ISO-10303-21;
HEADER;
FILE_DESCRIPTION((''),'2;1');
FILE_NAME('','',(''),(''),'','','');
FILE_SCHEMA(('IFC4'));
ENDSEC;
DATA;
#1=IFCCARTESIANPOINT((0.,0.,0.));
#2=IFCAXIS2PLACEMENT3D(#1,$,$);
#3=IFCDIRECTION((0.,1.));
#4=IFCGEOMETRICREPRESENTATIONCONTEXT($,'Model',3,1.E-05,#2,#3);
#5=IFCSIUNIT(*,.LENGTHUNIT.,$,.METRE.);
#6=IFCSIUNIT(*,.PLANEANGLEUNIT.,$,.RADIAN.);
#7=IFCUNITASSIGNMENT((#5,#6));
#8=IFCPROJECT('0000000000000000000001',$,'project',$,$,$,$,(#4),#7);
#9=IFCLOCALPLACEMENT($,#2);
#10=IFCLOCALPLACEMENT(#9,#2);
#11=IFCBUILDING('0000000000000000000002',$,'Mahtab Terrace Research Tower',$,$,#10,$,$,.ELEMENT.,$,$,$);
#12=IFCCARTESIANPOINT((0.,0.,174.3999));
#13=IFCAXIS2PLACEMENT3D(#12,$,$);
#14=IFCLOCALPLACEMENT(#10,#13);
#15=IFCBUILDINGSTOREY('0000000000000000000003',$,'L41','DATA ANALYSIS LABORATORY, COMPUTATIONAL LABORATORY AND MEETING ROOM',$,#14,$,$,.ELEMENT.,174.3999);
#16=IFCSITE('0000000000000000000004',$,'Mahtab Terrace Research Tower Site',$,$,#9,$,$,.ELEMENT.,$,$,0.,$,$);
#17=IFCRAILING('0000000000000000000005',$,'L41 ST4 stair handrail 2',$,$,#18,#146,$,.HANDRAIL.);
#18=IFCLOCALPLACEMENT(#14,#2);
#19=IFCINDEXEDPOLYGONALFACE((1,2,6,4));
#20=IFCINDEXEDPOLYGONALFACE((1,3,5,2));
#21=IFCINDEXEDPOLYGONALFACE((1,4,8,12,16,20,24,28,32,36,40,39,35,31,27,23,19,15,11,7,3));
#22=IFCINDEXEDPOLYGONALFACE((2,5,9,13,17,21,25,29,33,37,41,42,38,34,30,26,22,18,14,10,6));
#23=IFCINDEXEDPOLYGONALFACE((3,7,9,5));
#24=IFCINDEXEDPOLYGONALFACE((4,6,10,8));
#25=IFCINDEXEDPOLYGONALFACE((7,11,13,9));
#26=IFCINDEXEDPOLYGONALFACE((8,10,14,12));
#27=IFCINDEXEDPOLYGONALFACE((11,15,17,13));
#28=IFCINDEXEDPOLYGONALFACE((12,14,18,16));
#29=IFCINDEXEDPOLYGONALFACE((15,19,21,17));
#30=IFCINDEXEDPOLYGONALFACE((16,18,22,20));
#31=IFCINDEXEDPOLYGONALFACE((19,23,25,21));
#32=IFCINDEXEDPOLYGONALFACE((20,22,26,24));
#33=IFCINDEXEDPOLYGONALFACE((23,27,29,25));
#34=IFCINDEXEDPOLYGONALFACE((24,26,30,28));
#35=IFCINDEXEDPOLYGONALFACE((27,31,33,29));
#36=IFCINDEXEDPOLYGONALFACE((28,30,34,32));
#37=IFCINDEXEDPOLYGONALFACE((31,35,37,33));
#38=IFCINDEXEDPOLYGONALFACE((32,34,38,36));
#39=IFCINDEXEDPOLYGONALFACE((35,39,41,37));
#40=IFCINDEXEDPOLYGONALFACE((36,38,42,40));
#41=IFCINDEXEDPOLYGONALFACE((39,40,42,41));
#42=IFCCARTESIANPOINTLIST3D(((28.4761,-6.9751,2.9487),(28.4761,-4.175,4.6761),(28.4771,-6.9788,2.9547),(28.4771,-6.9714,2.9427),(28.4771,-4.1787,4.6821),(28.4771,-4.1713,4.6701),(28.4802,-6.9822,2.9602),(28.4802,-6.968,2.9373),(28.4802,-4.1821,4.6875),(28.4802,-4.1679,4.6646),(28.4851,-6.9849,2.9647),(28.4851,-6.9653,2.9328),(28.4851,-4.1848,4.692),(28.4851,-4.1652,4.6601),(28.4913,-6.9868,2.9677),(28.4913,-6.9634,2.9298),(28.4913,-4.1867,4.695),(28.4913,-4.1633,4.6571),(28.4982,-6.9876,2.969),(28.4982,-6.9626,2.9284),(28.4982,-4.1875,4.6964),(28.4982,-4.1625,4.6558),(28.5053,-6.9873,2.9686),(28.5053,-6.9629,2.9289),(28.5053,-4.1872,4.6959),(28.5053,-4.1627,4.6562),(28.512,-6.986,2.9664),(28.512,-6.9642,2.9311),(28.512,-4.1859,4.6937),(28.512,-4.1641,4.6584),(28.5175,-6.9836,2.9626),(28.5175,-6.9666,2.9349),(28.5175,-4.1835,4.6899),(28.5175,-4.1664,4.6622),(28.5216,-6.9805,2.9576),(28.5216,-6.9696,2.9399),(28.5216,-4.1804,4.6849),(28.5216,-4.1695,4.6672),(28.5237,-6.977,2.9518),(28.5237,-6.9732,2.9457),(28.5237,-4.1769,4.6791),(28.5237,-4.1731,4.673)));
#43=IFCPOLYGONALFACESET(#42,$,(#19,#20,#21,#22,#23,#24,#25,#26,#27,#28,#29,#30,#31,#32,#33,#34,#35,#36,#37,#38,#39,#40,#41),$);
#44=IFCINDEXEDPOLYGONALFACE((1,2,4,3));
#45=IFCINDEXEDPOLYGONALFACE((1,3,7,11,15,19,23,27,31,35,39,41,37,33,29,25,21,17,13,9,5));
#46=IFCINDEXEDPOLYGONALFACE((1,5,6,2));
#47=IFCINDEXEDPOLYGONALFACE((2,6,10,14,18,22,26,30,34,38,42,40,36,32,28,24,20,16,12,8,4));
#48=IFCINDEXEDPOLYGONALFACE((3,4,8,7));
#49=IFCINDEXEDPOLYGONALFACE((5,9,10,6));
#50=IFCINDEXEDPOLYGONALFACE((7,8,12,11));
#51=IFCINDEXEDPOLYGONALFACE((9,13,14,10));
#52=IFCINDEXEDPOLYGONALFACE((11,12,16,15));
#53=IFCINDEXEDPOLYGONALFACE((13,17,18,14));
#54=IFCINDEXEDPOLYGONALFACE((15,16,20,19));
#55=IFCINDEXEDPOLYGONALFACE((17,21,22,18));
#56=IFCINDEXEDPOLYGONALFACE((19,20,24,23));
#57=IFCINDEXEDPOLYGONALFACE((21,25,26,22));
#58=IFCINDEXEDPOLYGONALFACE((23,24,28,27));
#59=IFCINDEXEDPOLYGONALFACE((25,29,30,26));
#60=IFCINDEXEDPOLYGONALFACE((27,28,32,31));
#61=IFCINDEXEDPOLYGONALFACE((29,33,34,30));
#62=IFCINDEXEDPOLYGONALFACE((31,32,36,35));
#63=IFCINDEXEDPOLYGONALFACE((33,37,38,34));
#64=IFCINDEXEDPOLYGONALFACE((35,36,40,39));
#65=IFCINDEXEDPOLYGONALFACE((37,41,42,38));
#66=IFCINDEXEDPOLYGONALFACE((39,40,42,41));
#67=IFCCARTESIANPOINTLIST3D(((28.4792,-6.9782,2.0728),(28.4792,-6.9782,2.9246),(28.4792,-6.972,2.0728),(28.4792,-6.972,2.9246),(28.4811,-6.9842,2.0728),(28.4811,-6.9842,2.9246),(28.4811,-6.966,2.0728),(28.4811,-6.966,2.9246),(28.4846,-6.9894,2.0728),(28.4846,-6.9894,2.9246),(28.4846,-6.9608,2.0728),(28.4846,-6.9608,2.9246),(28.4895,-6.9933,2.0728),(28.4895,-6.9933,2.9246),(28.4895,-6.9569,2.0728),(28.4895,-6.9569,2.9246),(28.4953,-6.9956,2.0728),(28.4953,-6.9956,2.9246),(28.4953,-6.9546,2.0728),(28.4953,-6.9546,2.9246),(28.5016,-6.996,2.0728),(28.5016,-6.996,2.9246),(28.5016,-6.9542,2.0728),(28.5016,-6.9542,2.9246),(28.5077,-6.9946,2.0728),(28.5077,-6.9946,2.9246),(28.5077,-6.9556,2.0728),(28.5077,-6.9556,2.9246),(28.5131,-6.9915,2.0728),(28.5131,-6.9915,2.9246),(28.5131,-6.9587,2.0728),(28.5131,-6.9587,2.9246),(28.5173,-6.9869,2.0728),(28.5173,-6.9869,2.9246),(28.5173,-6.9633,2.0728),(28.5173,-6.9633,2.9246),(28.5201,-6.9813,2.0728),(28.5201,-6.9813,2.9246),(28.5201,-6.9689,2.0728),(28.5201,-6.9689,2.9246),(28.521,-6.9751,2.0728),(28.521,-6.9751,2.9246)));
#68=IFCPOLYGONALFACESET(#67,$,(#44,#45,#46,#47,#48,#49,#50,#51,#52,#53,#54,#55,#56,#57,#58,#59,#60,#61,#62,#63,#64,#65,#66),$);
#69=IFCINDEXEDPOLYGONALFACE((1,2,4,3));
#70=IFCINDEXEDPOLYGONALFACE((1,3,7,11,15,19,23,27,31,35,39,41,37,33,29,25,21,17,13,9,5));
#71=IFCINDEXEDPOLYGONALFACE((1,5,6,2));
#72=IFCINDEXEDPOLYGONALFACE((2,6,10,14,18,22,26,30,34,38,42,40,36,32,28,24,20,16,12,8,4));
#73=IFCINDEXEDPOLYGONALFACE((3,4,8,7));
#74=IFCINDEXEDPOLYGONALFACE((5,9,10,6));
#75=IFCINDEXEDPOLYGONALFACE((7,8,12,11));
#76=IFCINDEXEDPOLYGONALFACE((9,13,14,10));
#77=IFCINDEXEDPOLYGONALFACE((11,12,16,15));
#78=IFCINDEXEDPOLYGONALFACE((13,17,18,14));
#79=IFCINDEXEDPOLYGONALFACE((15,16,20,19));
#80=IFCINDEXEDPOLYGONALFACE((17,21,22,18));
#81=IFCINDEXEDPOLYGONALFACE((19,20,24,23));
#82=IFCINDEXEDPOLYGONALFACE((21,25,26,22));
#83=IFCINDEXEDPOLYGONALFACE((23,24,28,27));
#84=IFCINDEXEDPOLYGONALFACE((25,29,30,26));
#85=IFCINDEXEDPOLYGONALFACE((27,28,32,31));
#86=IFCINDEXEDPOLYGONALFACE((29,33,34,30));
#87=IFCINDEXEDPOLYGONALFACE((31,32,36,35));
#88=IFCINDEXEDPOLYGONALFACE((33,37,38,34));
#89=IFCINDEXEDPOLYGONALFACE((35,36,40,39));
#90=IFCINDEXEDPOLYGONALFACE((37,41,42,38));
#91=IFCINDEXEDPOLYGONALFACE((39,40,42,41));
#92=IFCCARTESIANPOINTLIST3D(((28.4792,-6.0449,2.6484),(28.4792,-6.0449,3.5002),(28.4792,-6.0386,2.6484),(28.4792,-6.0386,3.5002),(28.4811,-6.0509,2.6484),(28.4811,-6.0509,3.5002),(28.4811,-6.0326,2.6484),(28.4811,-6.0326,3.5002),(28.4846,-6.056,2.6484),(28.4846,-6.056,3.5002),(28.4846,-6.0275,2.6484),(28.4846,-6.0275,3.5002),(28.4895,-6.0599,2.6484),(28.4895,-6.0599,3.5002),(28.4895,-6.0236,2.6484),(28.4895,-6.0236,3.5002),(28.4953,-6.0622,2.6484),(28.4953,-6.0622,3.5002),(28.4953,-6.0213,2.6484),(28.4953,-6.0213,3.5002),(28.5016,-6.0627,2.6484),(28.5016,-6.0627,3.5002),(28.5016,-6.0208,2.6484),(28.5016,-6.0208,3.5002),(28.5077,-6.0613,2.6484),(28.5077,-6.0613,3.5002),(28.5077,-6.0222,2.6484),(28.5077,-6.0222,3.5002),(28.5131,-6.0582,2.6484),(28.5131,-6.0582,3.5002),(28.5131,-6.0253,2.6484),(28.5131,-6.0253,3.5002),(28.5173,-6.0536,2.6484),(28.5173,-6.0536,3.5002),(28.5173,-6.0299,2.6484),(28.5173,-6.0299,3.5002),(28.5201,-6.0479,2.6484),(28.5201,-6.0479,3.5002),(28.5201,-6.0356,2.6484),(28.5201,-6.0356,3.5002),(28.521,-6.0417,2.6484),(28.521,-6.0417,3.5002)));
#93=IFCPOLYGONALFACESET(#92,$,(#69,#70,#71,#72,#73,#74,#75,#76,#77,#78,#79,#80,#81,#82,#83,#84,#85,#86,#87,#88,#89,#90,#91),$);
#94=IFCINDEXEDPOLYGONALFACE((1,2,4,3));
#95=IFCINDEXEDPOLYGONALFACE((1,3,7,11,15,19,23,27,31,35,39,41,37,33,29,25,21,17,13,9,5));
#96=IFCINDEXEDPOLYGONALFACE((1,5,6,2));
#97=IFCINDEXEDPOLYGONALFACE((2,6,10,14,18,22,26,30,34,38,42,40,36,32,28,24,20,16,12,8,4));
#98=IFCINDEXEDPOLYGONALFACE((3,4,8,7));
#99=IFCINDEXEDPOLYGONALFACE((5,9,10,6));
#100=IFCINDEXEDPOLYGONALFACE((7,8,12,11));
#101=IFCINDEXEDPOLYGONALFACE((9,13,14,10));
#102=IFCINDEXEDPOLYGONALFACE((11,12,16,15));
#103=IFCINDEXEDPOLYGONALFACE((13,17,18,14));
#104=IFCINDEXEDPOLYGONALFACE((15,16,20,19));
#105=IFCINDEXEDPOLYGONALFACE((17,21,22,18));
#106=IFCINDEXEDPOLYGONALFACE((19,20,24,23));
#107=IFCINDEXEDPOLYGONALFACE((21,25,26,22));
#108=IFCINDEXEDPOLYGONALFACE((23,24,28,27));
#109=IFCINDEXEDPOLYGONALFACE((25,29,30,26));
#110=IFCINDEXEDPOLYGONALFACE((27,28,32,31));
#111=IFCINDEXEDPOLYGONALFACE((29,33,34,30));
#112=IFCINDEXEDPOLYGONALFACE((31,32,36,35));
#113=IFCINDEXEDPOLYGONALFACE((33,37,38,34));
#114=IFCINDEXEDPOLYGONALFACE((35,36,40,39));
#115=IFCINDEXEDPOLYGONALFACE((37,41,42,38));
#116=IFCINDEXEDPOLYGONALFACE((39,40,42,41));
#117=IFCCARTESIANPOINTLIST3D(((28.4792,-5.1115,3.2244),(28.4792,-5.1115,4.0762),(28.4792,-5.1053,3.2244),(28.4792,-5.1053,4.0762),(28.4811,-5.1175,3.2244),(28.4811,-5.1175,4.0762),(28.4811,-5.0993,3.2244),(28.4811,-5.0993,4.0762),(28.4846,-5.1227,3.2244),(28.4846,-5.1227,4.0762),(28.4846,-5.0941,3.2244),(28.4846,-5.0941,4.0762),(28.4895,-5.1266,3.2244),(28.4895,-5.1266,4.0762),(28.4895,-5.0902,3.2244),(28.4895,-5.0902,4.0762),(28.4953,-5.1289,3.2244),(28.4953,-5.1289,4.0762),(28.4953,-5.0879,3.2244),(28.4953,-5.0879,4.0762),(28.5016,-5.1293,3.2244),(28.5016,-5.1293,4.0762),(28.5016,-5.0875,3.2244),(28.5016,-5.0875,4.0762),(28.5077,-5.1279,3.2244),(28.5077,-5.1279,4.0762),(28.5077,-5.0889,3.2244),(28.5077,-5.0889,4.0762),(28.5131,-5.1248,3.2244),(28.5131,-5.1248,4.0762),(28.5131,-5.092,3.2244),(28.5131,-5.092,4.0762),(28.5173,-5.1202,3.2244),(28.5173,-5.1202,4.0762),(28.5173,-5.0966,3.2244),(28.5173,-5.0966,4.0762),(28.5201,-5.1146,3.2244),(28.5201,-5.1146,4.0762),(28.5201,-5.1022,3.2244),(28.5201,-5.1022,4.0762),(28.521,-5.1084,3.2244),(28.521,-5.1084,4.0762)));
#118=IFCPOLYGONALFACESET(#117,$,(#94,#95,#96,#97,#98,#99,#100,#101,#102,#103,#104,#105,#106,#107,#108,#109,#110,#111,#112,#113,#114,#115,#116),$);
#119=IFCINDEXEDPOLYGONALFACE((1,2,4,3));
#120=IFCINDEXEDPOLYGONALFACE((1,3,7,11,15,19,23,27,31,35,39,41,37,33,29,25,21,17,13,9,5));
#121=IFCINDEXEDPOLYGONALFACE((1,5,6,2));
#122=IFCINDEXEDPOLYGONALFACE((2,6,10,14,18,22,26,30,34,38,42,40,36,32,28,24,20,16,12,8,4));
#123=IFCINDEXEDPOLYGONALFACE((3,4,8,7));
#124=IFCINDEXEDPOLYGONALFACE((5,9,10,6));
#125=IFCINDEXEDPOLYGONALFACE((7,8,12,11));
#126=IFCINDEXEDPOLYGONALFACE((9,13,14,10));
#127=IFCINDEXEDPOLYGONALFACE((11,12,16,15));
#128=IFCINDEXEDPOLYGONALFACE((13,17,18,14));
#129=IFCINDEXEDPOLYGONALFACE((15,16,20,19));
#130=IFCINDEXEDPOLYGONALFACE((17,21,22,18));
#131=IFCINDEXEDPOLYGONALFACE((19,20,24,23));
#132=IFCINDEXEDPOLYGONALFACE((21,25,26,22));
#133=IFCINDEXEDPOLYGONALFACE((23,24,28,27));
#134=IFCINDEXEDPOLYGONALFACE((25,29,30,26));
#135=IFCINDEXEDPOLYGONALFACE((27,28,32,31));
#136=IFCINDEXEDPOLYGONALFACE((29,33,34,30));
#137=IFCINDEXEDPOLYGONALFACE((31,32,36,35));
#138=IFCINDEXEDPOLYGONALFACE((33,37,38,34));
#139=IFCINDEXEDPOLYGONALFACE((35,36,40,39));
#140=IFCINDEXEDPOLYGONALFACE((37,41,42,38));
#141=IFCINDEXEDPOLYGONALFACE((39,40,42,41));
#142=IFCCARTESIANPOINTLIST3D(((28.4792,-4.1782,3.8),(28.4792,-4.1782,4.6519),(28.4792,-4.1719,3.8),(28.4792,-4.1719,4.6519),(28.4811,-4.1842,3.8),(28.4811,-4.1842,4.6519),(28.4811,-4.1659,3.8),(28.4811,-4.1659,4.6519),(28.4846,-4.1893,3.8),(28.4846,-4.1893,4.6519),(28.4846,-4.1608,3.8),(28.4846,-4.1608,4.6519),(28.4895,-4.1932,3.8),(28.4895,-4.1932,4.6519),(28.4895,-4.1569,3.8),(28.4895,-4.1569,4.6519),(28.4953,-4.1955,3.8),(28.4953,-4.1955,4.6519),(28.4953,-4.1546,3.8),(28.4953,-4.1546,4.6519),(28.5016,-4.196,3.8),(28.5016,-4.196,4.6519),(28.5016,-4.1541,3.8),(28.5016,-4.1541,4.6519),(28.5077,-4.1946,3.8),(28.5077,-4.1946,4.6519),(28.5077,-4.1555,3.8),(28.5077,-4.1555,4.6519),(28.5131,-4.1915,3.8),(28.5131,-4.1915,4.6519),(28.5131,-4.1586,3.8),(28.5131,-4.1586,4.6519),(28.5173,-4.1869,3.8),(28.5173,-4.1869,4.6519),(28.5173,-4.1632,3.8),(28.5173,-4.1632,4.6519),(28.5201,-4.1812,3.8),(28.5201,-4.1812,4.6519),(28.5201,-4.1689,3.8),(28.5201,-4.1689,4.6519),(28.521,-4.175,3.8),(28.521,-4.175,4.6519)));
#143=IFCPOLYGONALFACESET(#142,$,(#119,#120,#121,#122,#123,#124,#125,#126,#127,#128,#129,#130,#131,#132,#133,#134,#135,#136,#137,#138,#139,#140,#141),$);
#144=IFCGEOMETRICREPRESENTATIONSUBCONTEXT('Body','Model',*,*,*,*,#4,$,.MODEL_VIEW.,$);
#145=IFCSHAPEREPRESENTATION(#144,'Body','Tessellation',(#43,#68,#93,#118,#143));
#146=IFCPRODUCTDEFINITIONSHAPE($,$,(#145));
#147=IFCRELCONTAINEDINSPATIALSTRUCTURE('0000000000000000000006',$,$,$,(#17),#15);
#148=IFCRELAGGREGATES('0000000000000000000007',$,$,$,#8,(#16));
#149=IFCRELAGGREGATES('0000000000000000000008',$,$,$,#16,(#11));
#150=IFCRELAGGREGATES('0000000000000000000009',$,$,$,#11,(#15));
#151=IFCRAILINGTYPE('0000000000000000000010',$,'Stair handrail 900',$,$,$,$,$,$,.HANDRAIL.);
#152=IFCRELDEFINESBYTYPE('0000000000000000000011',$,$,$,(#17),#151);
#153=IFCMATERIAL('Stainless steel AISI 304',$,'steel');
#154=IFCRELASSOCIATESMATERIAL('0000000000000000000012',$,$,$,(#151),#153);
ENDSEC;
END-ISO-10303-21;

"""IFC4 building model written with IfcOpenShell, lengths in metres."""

from ifc_helpers import new_model, si_unit, direction, frame, origin, origin_2d, place, context, subcontext, project, spatial, circle, extrude, material, type_object, element, save


model = new_model("IFC4")

# Units and contexts
model_context = context("Model", 3, precision=1e-05, world=origin(), true_north=direction((0.0, 1.0)))
body_context = subcontext(model_context, "Body", "Model", "MODEL_VIEW")
ifc_project = project(units=[si_unit("LENGTHUNIT", "METRE"), si_unit("PLANEANGLEUNIT", "RADIAN")], contexts=[model_context])

# Site, building, storey
site_placement = place(None, origin())
site = spatial("IfcSite", under=ifc_project, at=site_placement, Name="Mahtab Terrace Research Tower Site", CompositionType="ELEMENT", RefElevation=0.0)
building_placement = place(site_placement, origin())
building = spatial("IfcBuilding", under=site, at=building_placement, Name="Mahtab Terrace Research Tower", CompositionType="ELEMENT")
storey_placement = place(building_placement, frame((0.0, 0.0, 174.3999)))
storey = spatial("IfcBuildingStorey", under=building, at=storey_placement, Name="L41", Description="DATA ANALYSIS LABORATORY, COMPUTATIONAL LABORATORY AND MEETING ROOM", CompositionType="ELEMENT", Elevation=174.3999)

# Railing
ifc_material_1 = material(Name="Stainless steel AISI 304", Category="steel")
railing_type_1 = type_object("IfcRailingType", Name="Stair handrail 900", PredefinedType="HANDRAIL", material=ifc_material_1)
railing_1_placement = place(storey_placement, frame((28.5, -6.9751, 2.0728)))
element("IfcRailing", 1, at=railing_1_placement, inside=storey, type_object=railing_type_1, Name="L41 ST4 stair handrail 2", PredefinedType="HANDRAIL", context=body_context, shape_type="SweptSolid", body=[
    extrude(circle(Radius=0.0239, at=origin_2d()), frame((0.0, 0.0, 0.876), z_axis=(0.0, 0.85109, 0.52502), x_axis=(-1.0, 0.0, 0.0)), (0.0, 0.0, 1.0), 3.29),
    extrude(circle(Radius=0.021, at=origin_2d()), origin(), (0.0, 0.0, 1.0), 0.8518),
    extrude(circle(Radius=0.021, at=origin_2d()), frame((0.0, 0.9333, 0.5757)), (0.0, 0.0, 1.0), 0.8518),
    extrude(circle(Radius=0.021, at=origin_2d()), frame((0.0, 1.8667, 1.1516)), (0.0, 0.0, 1.0), 0.8518),
    extrude(circle(Radius=0.021, at=origin_2d()), frame((0.0, 2.8, 1.7273)), (0.0, 0.0, 1.0), 0.8518),
])

save(model, "model.ifc")
